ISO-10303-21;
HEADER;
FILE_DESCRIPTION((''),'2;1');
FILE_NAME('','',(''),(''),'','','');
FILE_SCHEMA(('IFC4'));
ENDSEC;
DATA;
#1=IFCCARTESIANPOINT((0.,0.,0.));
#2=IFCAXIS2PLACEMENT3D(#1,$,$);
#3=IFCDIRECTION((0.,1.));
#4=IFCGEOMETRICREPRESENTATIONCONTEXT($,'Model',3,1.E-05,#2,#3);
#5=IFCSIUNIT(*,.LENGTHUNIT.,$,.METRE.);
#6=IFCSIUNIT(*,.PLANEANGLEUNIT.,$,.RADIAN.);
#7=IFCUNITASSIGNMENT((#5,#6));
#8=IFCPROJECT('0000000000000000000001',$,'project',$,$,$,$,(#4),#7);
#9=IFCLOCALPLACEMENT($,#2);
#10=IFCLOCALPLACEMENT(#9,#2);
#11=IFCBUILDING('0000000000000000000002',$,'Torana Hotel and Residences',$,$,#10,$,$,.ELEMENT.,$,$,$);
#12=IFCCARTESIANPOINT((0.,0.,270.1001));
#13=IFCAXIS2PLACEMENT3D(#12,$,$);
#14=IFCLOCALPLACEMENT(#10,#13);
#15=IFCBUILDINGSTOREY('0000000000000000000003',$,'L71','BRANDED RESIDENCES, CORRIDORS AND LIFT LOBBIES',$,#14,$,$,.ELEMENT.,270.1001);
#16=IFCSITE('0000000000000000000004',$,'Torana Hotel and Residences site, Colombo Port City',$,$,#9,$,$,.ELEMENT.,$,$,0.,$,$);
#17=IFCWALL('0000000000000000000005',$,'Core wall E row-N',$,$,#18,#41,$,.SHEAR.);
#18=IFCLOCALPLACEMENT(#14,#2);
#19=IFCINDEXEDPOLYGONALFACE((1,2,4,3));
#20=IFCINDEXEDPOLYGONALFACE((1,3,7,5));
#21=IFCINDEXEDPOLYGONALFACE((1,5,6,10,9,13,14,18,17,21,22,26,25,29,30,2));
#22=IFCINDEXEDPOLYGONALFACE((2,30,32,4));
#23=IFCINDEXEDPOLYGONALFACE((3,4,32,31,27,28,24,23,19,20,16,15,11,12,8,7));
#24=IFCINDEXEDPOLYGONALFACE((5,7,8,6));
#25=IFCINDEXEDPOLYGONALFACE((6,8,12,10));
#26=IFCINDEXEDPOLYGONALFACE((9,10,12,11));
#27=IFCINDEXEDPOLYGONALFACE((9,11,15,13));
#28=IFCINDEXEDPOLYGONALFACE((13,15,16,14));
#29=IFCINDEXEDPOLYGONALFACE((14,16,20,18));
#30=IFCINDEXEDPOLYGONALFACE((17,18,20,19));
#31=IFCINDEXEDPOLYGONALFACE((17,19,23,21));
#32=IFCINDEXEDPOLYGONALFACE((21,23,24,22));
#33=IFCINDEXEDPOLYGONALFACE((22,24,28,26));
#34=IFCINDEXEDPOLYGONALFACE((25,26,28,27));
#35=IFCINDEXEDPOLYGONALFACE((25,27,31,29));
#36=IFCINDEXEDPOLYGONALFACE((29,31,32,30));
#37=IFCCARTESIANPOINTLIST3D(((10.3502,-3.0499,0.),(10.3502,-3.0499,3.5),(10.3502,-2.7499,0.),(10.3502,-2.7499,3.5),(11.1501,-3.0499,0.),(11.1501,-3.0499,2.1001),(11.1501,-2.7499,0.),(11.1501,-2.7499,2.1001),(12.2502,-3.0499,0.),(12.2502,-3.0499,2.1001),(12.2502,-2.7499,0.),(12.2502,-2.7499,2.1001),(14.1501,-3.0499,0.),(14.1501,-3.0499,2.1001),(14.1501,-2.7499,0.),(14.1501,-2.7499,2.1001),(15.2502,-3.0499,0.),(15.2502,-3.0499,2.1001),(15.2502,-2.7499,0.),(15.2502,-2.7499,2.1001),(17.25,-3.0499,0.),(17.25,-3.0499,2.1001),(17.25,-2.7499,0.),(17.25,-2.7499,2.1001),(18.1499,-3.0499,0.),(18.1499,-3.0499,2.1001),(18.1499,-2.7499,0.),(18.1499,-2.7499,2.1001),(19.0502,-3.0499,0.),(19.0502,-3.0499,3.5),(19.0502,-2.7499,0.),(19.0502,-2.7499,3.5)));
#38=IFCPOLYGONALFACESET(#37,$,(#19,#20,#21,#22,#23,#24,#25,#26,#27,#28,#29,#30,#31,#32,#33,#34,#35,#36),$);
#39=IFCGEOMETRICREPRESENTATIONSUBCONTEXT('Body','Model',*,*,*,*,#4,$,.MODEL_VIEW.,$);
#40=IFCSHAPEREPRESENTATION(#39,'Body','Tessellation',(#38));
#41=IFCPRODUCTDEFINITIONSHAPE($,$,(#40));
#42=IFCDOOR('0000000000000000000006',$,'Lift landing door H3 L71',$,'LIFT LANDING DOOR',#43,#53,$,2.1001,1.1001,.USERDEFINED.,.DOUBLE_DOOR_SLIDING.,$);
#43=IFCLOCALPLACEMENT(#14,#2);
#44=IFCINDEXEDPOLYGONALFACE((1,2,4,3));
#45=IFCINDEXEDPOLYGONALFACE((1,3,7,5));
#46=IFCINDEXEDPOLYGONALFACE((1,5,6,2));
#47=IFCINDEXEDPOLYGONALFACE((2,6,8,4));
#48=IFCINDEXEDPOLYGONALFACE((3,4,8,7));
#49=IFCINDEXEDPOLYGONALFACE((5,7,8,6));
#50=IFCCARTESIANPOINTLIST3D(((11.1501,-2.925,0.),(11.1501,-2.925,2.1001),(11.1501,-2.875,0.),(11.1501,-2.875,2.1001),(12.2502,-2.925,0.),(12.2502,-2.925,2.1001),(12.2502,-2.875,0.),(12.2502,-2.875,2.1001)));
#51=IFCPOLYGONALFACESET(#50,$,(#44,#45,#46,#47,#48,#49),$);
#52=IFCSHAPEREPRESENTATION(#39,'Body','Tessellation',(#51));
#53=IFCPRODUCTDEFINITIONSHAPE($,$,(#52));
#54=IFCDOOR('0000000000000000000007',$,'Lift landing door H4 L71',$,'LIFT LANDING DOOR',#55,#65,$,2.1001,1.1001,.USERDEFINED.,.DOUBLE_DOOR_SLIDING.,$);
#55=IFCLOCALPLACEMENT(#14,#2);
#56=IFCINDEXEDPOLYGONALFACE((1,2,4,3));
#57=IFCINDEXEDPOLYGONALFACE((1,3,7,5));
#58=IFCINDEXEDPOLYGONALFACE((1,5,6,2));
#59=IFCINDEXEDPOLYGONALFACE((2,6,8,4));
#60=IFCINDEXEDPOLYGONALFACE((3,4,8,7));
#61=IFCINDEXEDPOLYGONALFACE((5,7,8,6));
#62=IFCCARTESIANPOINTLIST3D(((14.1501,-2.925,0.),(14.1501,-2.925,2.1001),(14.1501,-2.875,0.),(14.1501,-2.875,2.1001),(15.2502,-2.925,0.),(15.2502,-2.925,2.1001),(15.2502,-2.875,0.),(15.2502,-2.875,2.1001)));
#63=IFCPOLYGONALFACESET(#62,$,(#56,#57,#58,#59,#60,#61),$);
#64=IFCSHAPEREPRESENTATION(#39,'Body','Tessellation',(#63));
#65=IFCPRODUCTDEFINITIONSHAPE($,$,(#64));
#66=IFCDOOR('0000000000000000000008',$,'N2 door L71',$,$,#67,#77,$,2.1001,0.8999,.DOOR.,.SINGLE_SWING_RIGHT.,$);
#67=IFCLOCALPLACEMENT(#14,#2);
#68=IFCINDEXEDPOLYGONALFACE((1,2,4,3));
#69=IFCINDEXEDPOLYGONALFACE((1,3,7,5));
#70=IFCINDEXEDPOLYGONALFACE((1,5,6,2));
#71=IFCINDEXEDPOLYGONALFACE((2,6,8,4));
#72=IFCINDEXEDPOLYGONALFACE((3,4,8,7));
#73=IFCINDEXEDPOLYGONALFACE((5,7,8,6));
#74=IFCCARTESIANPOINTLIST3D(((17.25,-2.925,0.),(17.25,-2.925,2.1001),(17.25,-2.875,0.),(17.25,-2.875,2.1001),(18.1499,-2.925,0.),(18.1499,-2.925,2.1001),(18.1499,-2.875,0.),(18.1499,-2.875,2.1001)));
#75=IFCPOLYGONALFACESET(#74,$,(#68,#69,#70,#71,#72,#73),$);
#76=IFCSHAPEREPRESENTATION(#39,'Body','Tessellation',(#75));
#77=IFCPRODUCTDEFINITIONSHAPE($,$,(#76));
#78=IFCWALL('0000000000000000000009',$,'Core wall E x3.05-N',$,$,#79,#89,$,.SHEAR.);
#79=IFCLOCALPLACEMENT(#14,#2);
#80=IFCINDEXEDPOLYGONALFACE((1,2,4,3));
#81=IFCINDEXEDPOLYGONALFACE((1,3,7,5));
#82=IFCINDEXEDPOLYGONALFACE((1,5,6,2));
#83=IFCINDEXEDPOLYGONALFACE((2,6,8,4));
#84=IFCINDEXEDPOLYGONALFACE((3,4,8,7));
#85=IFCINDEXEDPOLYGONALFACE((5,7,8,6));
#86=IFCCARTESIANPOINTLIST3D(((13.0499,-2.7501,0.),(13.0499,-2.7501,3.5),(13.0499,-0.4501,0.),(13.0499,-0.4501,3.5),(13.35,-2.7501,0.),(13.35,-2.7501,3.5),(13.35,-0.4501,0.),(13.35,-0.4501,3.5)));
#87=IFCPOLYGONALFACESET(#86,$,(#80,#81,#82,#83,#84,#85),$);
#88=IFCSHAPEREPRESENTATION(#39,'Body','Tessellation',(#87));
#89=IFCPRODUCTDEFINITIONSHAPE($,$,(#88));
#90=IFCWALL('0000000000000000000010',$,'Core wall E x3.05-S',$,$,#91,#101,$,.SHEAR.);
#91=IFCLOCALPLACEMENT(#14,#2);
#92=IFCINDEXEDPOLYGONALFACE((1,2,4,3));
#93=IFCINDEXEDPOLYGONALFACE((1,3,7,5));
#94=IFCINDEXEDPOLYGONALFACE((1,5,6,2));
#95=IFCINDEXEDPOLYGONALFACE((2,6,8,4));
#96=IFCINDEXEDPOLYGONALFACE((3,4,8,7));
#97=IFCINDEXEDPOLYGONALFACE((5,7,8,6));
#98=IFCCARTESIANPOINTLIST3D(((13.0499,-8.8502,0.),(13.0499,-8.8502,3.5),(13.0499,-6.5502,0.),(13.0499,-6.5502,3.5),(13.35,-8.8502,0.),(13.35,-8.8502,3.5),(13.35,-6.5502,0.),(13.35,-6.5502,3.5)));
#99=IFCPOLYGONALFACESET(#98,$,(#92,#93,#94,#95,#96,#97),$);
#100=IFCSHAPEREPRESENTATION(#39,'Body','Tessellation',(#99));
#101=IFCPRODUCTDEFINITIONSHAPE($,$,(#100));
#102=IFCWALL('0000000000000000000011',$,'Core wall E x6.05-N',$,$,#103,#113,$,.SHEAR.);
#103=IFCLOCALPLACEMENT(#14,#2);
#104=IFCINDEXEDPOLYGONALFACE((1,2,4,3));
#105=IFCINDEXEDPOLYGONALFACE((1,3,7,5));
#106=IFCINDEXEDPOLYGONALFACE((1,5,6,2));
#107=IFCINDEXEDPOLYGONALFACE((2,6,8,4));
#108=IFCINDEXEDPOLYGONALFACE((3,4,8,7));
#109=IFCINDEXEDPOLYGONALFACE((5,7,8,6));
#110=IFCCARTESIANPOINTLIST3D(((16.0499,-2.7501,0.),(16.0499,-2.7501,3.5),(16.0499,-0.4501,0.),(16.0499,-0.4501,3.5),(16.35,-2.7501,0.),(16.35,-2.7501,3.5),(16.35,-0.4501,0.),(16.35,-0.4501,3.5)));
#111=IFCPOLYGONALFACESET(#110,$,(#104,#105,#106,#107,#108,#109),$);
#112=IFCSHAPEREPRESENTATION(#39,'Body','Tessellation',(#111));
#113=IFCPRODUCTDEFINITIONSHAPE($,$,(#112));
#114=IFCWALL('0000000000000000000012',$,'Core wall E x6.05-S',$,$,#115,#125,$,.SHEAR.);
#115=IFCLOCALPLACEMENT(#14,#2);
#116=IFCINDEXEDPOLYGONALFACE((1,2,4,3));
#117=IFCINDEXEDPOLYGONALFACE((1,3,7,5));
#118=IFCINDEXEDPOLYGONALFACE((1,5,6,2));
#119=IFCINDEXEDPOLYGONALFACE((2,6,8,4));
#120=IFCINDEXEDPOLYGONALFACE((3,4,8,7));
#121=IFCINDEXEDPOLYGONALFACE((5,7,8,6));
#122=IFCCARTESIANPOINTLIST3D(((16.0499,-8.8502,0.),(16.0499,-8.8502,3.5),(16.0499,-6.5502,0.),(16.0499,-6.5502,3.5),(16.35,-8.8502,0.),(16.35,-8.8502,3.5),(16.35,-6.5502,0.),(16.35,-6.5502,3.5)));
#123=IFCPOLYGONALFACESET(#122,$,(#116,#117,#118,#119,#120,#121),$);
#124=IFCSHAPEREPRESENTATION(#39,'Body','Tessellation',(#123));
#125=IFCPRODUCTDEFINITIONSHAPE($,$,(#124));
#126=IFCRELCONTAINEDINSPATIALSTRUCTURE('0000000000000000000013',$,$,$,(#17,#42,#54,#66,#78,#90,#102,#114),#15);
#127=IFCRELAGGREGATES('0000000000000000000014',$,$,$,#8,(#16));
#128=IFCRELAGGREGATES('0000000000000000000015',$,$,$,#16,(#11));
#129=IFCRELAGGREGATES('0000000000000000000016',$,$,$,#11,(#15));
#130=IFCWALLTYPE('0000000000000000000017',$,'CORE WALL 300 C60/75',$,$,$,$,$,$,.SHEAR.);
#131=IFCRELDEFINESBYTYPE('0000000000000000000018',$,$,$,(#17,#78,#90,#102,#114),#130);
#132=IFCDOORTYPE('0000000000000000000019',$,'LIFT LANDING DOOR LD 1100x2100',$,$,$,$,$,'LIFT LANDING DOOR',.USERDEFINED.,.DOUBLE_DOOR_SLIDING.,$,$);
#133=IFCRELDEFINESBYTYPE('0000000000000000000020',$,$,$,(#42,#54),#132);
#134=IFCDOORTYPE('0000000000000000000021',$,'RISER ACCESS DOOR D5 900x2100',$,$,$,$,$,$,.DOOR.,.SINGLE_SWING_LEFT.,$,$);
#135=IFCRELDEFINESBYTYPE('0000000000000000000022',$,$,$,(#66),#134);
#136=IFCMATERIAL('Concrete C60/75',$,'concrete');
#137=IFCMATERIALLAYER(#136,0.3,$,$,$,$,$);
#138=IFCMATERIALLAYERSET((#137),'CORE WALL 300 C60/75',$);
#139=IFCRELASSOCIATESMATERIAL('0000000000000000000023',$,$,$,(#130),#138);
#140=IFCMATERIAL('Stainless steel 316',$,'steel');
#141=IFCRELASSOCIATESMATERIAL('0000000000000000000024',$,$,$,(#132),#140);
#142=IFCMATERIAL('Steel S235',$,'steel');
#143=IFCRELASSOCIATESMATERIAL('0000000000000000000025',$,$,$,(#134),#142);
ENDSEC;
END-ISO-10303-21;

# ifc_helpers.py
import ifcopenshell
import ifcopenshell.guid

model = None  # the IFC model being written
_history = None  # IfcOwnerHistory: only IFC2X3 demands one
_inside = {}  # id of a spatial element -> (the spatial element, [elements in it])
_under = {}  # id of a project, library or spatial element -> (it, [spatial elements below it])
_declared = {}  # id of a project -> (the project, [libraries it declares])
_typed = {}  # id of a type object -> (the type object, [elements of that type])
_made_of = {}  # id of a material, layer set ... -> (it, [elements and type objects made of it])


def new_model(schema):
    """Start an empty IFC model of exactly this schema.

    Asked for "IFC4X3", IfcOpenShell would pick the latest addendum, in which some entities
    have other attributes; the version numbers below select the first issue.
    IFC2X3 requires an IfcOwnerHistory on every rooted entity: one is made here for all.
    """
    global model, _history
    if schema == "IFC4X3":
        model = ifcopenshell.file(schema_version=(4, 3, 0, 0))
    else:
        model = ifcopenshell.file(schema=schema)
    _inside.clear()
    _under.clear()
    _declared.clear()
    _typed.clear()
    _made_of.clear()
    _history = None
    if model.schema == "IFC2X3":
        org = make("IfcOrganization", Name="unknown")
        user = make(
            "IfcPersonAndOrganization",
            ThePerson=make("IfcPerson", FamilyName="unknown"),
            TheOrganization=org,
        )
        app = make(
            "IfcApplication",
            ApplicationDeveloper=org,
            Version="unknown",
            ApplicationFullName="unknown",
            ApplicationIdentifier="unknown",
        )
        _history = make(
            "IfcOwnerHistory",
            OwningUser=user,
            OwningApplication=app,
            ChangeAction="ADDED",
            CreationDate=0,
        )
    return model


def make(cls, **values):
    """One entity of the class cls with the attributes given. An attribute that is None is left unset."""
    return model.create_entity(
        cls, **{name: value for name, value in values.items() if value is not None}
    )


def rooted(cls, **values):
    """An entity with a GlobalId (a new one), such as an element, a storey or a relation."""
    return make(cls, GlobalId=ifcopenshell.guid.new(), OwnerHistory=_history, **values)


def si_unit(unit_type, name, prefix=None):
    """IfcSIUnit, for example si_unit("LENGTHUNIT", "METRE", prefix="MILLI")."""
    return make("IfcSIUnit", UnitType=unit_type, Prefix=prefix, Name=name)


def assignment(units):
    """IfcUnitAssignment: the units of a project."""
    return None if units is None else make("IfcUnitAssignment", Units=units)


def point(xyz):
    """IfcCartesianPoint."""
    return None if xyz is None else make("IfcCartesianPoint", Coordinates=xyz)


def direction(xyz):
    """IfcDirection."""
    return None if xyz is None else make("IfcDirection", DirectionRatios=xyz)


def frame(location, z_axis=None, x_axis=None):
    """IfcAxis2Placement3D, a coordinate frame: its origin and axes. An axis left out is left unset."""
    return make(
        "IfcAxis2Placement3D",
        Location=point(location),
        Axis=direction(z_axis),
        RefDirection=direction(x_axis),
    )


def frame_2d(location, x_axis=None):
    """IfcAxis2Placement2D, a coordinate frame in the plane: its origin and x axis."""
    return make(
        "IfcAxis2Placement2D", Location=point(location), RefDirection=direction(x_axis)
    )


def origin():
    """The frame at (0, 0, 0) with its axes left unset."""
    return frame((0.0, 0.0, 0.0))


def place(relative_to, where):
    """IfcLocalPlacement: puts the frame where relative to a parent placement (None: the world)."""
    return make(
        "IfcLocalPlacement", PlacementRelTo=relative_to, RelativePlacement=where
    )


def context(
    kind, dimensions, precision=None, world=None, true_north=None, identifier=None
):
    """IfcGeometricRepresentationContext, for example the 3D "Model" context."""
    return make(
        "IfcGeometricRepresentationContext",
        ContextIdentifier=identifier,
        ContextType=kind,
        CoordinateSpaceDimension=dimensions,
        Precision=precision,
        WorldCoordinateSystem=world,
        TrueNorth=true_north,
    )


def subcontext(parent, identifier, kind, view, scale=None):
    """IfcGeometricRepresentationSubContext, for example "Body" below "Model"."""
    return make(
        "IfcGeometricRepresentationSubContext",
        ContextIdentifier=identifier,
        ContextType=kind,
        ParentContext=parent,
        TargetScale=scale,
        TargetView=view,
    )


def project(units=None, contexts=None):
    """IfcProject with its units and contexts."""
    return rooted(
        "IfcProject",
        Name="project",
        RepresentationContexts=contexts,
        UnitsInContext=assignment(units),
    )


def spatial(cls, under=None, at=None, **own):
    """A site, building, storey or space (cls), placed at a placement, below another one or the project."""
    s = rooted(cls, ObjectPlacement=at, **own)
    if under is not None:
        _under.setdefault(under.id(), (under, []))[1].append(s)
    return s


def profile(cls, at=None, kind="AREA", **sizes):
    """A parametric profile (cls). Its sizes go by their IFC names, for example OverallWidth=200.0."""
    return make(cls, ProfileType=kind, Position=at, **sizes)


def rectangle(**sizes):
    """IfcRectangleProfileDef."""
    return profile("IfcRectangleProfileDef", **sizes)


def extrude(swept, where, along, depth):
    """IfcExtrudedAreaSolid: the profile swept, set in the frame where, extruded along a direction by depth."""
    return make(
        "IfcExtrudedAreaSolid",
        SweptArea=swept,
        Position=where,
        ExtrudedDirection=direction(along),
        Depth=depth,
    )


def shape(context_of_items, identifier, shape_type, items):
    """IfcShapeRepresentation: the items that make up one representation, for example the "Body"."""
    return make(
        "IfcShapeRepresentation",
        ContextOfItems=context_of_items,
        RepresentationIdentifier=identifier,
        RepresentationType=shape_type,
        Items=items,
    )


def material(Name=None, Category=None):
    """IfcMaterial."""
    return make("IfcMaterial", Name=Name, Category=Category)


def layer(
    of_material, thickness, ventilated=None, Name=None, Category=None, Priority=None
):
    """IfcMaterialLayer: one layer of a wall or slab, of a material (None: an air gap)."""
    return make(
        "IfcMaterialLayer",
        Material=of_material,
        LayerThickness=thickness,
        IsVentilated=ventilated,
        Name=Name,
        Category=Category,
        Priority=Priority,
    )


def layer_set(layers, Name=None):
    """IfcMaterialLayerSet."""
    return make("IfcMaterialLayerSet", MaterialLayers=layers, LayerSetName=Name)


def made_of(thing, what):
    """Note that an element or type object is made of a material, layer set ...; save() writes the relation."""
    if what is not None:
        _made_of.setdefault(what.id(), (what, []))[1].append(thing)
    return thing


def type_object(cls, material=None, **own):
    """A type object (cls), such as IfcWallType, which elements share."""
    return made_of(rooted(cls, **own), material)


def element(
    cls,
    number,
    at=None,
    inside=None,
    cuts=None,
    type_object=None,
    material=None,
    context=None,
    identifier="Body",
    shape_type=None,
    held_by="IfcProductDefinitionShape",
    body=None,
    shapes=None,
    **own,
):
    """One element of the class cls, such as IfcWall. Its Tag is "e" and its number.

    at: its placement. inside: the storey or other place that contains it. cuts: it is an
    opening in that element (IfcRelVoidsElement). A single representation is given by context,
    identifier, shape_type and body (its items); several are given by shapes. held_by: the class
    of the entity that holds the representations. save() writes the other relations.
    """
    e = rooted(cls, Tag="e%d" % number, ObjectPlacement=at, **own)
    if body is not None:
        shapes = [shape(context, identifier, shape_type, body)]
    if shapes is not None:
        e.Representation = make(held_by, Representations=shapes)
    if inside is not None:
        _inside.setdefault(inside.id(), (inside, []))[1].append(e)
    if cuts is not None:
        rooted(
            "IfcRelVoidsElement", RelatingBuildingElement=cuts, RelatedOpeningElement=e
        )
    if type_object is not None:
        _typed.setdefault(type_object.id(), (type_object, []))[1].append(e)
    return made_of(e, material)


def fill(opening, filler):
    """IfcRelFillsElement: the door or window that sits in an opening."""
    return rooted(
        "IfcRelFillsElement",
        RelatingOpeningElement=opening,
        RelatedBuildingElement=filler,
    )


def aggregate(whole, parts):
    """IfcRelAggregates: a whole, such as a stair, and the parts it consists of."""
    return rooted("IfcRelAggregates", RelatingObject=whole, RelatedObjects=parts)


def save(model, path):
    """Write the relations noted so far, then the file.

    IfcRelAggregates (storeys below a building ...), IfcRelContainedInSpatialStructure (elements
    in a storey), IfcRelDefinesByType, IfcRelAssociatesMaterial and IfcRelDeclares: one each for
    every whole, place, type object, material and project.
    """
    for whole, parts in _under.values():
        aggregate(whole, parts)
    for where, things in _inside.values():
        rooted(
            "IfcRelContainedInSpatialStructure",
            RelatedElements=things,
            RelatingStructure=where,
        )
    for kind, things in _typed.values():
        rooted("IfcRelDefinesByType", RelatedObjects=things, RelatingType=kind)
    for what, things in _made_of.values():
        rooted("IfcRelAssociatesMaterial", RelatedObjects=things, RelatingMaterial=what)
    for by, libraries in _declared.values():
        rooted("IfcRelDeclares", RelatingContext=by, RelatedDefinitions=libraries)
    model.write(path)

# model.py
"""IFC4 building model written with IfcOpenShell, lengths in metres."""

from ifc_helpers import new_model, si_unit, direction, frame, frame_2d, origin, place, context, subcontext, project, spatial, rectangle, extrude, material, layer, layer_set, type_object, element, fill, save


model = new_model("IFC4")

# Units and contexts
model_context = context("Model", 3, precision=1e-05, world=origin(), true_north=direction((0.0, 1.0)))
body_context = subcontext(model_context, "Body", "Model", "MODEL_VIEW")
ifc_project = project(units=[si_unit("LENGTHUNIT", "METRE"), si_unit("PLANEANGLEUNIT", "RADIAN")], contexts=[model_context])

# Site, building, storey
site_placement = place(None, origin())
site = spatial("IfcSite", under=ifc_project, at=site_placement, Name="Torana Hotel and Residences site, Colombo Port City", CompositionType="ELEMENT", RefElevation=0.0)
building_placement = place(site_placement, origin())
building = spatial("IfcBuilding", under=site, at=building_placement, Name="Torana Hotel and Residences", CompositionType="ELEMENT")
storey_placement = place(building_placement, frame((0.0, 0.0, 270.1001)))
storey = spatial("IfcBuildingStorey", under=building, at=storey_placement, Name="L71", Description="BRANDED RESIDENCES, CORRIDORS AND LIFT LOBBIES", CompositionType="ELEMENT", Elevation=270.1001)

# Wall, openings, doors
ifc_material_1 = material(Name="Concrete C60/75", Category="concrete")
ifc_layer_1 = layer(ifc_material_1, 0.3)
ifc_layer_set_1 = layer_set([ifc_layer_1], Name="CORE WALL 300 C60/75")
wall_type_1 = type_object("IfcWallType", Name="CORE WALL 300 C60/75", PredefinedType="SHEAR", material=ifc_layer_set_1)
wall_1_placement = place(storey_placement, frame((10.3501, -2.8999, 0.0), z_axis=(0.0, 0.0, 1.0), x_axis=(1.0, 0.0, 0.0)))
wall_1 = element("IfcWall", 1, at=wall_1_placement, inside=storey, type_object=wall_type_1, Name="Core wall E row-N", PredefinedType="SHEAR", context=body_context, shape_type="SweptSolid", body=[
    extrude(rectangle(XDim=8.7, YDim=0.3, at=frame_2d((4.3501, 0.0))), origin(), (0.0, 0.0, 1.0), 3.5),
])
opening_1_placement = place(wall_1_placement, frame((0.8, 0.0, 0.0)))
opening_1 = element("IfcOpeningElement", 2, at=opening_1_placement, cuts=wall_1, PredefinedType="OPENING", context=body_context, shape_type="SweptSolid", body=[
    extrude(rectangle(XDim=1.1001, YDim=2.1001, at=frame_2d((0.55, 1.05))), frame((0.0, 0.1599, 0.0), z_axis=(0.0, -1.0, 0.0), x_axis=(1.0, 0.0, 0.0)), (0.0, 0.0, 1.0), 0.3201),
])
opening_2_placement = place(wall_1_placement, frame((3.8, 0.0, 0.0)))
opening_2 = element("IfcOpeningElement", 3, at=opening_2_placement, cuts=wall_1, PredefinedType="OPENING", context=body_context, shape_type="SweptSolid", body=[
    extrude(rectangle(XDim=1.1001, YDim=2.1001, at=frame_2d((0.55, 1.05))), frame((0.0, 0.1599, 0.0), z_axis=(0.0, -1.0, 0.0), x_axis=(1.0, 0.0, 0.0)), (0.0, 0.0, 1.0), 0.3201),
])
opening_3_placement = place(wall_1_placement, frame((6.8999, 0.0, 0.0)))
opening_3 = element("IfcOpeningElement", 4, at=opening_3_placement, cuts=wall_1, PredefinedType="OPENING", context=body_context, shape_type="SweptSolid", body=[
    extrude(rectangle(XDim=0.8999, YDim=2.1001, at=frame_2d((0.45, 1.05))), frame((0.0, 0.1599, 0.0), z_axis=(0.0, -1.0, 0.0), x_axis=(1.0, 0.0, 0.0)), (0.0, 0.0, 1.0), 0.3201),
])
ifc_material_2 = material(Name="Stainless steel 316", Category="steel")
door_type_1 = type_object("IfcDoorType", Name="LIFT LANDING DOOR LD 1100x2100", ElementType="LIFT LANDING DOOR", OperationType="DOUBLE_DOOR_SLIDING", PredefinedType="USERDEFINED", material=ifc_material_2)
door_1_placement = place(opening_1_placement, origin())
door_1 = element("IfcDoor", 5, at=door_1_placement, inside=storey, type_object=door_type_1, Name="Lift landing door H3 L71", ObjectType="LIFT LANDING DOOR", OperationType="DOUBLE_DOOR_SLIDING", OverallHeight=2.1001, OverallWidth=1.1001, PredefinedType="USERDEFINED", context=body_context, shape_type="SweptSolid", body=[
    extrude(rectangle(XDim=1.1001, YDim=2.1001, at=frame_2d((0.55, 1.05))), frame((0.0, 0.0249, 0.0), z_axis=(0.0, -1.0, 0.0), x_axis=(1.0, 0.0, 0.0)), (0.0, 0.0, 1.0), 0.05),
])
fill(opening_1, door_1)
door_2_placement = place(opening_2_placement, origin())
door_2 = element("IfcDoor", 6, at=door_2_placement, inside=storey, type_object=door_type_1, Name="Lift landing door H4 L71", ObjectType="LIFT LANDING DOOR", OperationType="DOUBLE_DOOR_SLIDING", OverallHeight=2.1001, OverallWidth=1.1001, PredefinedType="USERDEFINED", context=body_context, shape_type="SweptSolid", body=[
    extrude(rectangle(XDim=1.1001, YDim=2.1001, at=frame_2d((0.55, 1.05))), frame((0.0, 0.0249, 0.0), z_axis=(0.0, -1.0, 0.0), x_axis=(1.0, 0.0, 0.0)), (0.0, 0.0, 1.0), 0.05),
])
fill(opening_2, door_2)
ifc_material_3 = material(Name="Steel S235", Category="steel")
door_type_2 = type_object("IfcDoorType", Name="RISER ACCESS DOOR D5 900x2100", OperationType="SINGLE_SWING_LEFT", PredefinedType="DOOR", material=ifc_material_3)
door_3_placement = place(opening_3_placement, origin())
door_3 = element("IfcDoor", 7, at=door_3_placement, inside=storey, type_object=door_type_2, Name="N2 door L71", OperationType="SINGLE_SWING_RIGHT", OverallHeight=2.1001, OverallWidth=0.8999, PredefinedType="DOOR", context=body_context, shape_type="SweptSolid", body=[
    extrude(rectangle(XDim=0.8999, YDim=2.1001, at=frame_2d((0.45, 1.05))), frame((0.0, 0.0249, 0.0), z_axis=(0.0, -1.0, 0.0), x_axis=(1.0, 0.0, 0.0)), (0.0, 0.0, 1.0), 0.05),
])
fill(opening_3, door_3)

# Walls
for number, where, z_axis, x_axis, name in (
    (8, (13.2, -2.75, 0.0), (0.0, 0.0, 1.0), (0.0, 1.0, 0.0), "Core wall E x3.05-N"),
    (9, (13.2, -8.8501, 0.0), (0.0, 0.0, 1.0), (0.0, 1.0, 0.0), "Core wall E x3.05-S"),
    (10, (16.2, -2.75, 0.0), (0.0, 0.0, 1.0), (0.0, 1.0, 0.0), "Core wall E x6.05-N"),
    (11, (16.2, -8.8501, 0.0), (0.0, 0.0, 1.0), (0.0, 1.0, 0.0), "Core wall E x6.05-S"),
):
    element("IfcWall", number, at=place(storey_placement, frame(where, z_axis=z_axis, x_axis=x_axis)), inside=storey, type_object=wall_type_1, Name=name, PredefinedType="SHEAR", context=body_context, shape_type="SweptSolid", body=[
        extrude(rectangle(XDim=2.3, YDim=0.3, at=frame_2d((1.1499, 0.0))), origin(), (0.0, 0.0, 1.0), 3.5),
    ])

save(model, "model.ifc")
